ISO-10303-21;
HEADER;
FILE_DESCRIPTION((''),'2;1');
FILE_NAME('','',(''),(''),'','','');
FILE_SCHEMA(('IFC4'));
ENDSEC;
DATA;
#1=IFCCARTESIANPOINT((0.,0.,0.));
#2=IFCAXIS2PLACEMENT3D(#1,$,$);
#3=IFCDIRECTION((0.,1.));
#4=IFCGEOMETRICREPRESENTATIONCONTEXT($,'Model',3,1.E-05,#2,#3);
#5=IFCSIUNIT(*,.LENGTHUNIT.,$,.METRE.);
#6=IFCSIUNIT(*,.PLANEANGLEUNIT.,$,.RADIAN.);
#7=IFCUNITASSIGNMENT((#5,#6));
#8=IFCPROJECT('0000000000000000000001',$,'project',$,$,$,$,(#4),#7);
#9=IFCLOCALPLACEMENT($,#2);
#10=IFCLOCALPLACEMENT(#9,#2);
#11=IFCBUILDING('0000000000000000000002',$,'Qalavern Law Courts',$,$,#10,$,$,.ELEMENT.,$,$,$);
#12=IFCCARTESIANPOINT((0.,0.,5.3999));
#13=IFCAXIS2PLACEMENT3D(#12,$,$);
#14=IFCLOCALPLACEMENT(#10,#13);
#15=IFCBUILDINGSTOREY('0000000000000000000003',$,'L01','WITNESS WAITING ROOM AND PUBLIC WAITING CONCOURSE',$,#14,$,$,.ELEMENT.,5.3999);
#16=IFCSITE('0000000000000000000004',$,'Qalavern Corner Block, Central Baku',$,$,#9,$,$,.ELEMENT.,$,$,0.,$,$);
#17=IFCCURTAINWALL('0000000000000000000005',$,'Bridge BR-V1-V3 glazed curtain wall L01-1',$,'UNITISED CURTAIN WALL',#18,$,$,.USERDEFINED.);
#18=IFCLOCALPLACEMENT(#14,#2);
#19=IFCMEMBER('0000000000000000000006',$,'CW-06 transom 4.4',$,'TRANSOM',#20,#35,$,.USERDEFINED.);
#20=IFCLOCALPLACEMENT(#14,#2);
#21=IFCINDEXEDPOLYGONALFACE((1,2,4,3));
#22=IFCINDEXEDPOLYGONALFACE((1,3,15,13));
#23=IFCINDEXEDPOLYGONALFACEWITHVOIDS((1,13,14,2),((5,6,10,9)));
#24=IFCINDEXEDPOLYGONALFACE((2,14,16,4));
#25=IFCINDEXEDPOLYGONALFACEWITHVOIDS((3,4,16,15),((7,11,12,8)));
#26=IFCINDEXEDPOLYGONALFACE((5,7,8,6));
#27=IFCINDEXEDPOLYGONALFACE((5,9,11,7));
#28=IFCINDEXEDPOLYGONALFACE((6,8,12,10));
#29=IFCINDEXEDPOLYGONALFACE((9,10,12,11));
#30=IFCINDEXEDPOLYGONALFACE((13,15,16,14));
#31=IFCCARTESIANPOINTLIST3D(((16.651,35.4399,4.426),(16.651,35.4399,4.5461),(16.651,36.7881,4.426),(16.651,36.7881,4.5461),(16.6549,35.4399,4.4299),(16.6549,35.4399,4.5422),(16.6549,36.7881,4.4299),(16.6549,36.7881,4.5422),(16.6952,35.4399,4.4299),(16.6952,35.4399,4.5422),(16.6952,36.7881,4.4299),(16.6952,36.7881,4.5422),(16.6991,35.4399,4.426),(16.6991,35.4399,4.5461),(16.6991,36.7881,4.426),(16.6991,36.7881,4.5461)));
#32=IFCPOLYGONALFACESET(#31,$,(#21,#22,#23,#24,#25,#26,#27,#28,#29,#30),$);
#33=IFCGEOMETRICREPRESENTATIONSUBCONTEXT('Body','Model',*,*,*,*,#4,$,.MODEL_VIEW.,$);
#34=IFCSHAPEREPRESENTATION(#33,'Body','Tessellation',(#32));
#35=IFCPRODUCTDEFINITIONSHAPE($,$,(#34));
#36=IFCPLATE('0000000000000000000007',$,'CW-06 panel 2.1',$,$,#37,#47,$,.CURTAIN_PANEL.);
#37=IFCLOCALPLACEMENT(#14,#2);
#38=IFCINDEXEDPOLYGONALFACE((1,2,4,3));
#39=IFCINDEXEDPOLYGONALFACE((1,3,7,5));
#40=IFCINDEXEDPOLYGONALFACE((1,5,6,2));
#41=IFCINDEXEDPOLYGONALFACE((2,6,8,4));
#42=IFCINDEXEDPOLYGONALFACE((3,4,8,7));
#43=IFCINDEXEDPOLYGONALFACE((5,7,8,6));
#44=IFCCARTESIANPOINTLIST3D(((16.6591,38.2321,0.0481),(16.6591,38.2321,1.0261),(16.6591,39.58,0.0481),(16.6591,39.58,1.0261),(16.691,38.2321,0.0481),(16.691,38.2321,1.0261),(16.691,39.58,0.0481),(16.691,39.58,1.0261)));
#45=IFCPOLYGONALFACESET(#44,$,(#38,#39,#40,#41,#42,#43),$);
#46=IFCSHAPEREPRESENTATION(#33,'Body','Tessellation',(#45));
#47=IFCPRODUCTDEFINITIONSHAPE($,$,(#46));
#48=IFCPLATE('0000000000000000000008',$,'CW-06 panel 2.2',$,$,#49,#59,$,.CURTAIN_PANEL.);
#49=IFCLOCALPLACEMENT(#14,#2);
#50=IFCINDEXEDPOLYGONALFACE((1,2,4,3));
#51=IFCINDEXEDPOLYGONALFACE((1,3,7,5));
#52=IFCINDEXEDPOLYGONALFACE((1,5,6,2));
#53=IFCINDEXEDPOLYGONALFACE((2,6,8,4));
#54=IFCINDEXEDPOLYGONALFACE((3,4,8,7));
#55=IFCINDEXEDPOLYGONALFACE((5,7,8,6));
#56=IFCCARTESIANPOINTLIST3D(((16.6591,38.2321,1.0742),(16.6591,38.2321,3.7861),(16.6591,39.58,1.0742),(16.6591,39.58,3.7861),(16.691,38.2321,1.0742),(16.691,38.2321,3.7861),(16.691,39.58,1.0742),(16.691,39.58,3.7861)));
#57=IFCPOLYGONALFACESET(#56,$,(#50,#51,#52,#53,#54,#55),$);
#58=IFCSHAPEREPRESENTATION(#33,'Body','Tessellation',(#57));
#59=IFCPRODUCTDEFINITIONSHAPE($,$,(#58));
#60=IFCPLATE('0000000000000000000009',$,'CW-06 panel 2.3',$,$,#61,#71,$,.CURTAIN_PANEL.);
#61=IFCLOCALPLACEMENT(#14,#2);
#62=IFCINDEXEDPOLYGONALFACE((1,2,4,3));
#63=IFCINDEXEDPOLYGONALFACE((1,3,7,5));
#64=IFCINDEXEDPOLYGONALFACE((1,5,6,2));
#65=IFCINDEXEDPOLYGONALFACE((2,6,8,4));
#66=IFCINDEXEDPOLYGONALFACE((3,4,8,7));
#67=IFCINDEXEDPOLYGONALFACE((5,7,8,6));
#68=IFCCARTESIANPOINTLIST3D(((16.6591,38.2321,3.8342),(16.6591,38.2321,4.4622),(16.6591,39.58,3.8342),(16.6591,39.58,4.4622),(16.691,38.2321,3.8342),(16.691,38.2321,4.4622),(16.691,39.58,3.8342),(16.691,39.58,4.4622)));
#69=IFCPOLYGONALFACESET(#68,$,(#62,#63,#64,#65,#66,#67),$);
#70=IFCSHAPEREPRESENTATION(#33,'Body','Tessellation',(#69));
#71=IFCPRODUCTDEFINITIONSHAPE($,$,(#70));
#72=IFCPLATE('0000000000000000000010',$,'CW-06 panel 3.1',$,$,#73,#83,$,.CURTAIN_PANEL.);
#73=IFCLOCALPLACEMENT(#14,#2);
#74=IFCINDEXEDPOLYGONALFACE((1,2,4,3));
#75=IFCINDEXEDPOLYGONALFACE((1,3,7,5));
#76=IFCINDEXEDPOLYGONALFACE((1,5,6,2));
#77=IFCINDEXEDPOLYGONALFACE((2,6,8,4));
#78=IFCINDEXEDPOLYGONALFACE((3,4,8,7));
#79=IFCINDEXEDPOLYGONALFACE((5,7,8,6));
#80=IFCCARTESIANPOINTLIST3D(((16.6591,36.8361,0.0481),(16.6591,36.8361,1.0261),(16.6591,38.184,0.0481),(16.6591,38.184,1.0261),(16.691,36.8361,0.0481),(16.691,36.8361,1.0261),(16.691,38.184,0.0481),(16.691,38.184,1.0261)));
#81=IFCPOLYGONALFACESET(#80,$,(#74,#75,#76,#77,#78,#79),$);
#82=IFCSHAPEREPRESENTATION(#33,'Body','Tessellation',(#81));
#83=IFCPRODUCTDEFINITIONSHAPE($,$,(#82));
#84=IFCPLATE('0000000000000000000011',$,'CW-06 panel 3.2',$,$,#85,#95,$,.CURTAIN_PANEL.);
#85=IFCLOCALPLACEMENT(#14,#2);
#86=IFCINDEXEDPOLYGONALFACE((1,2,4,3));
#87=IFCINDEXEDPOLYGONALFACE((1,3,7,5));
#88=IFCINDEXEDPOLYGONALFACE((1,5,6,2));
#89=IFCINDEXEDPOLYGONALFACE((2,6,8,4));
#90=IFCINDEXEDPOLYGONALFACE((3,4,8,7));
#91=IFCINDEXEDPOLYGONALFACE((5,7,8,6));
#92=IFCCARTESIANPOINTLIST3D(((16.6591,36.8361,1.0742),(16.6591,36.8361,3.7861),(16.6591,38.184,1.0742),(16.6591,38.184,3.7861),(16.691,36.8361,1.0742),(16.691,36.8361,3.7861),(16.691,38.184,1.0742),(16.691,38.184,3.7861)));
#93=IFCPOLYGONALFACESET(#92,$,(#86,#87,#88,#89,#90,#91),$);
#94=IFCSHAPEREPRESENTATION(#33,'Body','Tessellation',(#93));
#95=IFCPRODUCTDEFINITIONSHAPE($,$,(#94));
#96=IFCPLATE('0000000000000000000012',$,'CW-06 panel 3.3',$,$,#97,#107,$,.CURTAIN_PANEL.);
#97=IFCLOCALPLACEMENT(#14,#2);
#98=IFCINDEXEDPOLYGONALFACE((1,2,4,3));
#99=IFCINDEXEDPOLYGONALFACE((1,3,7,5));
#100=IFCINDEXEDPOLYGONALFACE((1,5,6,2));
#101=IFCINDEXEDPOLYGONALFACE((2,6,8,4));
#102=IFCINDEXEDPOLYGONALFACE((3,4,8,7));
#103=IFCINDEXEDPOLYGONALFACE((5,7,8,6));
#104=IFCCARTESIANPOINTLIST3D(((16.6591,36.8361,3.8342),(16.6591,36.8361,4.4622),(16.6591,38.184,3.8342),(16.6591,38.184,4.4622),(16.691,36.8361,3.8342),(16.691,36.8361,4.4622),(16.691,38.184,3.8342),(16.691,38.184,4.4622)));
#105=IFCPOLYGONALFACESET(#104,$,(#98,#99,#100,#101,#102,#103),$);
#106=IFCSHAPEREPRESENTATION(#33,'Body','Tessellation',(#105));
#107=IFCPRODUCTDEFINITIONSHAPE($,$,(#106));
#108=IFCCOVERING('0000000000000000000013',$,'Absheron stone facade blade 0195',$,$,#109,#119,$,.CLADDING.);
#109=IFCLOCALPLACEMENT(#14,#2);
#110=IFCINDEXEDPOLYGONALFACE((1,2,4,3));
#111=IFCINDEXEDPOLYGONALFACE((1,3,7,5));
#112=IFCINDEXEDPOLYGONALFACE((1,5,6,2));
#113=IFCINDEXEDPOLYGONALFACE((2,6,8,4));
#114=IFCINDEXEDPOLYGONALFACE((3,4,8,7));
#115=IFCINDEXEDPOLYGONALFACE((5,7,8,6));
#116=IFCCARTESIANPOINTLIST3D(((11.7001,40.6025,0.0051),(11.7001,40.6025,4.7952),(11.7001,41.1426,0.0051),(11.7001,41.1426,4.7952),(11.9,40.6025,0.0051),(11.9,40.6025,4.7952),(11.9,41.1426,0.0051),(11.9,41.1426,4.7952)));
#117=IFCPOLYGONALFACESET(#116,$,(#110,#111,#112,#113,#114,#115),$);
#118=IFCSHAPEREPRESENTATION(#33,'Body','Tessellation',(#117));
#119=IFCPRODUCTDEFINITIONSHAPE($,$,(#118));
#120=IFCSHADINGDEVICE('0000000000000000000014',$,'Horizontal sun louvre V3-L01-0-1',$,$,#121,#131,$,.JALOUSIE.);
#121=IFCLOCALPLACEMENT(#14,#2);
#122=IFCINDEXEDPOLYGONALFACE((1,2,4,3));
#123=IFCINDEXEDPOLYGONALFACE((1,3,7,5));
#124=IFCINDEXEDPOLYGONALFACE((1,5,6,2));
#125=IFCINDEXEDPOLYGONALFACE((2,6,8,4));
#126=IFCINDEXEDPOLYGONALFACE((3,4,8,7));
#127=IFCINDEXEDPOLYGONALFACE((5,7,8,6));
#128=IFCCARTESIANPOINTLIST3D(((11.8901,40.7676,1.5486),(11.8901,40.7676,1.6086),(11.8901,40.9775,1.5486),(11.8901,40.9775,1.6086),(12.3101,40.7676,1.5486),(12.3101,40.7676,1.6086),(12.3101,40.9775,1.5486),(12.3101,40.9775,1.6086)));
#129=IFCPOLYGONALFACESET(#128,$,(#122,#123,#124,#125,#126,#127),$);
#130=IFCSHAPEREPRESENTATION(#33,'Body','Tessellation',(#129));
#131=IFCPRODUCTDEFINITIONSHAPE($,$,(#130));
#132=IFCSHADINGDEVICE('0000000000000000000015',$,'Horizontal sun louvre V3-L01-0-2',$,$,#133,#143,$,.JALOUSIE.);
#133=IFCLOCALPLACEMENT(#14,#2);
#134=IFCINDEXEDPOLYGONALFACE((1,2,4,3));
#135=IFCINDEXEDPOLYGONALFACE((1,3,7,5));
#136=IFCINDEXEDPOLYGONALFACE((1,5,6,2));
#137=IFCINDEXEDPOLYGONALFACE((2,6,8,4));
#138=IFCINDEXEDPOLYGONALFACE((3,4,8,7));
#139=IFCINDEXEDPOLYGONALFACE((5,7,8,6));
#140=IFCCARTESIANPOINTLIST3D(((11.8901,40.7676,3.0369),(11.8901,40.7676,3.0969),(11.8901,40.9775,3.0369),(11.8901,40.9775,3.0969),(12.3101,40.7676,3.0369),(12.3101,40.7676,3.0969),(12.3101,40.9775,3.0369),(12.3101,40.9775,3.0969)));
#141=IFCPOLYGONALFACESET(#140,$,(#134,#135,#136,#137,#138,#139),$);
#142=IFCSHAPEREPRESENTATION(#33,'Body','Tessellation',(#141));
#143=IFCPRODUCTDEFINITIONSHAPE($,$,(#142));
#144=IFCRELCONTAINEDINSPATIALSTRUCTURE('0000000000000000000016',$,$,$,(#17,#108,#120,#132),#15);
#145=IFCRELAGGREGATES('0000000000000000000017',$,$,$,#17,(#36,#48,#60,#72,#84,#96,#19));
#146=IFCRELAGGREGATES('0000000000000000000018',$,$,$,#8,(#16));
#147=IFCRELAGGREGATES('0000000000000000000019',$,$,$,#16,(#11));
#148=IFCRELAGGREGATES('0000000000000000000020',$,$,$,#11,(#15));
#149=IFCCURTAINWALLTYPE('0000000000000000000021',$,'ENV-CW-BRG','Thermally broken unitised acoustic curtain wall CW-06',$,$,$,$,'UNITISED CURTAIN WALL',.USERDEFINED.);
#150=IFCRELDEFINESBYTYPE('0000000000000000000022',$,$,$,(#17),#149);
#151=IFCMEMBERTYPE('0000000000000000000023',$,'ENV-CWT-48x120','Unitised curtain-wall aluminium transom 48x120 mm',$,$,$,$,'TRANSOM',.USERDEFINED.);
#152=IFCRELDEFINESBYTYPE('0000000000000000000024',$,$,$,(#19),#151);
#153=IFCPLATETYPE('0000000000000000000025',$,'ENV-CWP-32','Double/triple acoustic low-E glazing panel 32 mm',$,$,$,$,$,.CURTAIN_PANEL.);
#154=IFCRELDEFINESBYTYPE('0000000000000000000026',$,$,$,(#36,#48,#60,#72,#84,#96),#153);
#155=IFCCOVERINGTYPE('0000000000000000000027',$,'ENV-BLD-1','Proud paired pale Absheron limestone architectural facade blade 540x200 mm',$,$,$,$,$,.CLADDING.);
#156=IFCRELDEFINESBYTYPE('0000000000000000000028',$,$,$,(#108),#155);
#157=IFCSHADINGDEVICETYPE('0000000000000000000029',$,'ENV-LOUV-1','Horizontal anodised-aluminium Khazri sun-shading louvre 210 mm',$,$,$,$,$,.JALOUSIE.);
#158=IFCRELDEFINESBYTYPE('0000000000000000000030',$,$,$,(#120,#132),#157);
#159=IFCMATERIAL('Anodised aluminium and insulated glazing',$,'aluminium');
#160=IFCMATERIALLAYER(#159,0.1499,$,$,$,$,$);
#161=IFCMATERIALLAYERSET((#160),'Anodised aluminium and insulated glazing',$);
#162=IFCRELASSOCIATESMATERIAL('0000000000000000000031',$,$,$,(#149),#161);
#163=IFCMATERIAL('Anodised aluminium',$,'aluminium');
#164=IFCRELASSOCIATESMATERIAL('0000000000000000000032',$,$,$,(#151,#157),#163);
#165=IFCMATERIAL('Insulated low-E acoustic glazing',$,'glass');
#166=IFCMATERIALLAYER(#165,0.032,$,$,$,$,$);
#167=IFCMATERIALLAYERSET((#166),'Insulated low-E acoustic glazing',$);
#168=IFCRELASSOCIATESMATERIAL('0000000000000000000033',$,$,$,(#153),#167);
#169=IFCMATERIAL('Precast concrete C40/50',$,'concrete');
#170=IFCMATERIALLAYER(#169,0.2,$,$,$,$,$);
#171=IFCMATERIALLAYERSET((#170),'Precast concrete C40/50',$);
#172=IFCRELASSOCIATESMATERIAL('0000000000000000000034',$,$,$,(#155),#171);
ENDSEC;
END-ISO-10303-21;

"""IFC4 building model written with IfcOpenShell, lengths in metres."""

from ifc_helpers import new_model, si_unit, direction, frame, origin, origin_2d, place, context, subcontext, project, spatial, rectangle, hollow_rectangle, extrude, material, layer, layer_set, material_profile, profile_set, type_object, element, aggregate, save


model = new_model("IFC4")

# Units and contexts
model_context = context("Model", 3, precision=1e-05, world=origin(), true_north=direction((0.0, 1.0)))
body_context = subcontext(model_context, "Body", "Model", "MODEL_VIEW")
ifc_project = project(units=[si_unit("LENGTHUNIT", "METRE"), si_unit("PLANEANGLEUNIT", "RADIAN")], contexts=[model_context])

# Site, building, storey
site_placement = place(None, origin())
site = spatial("IfcSite", under=ifc_project, at=site_placement, Name="Qalavern Corner Block, Central Baku", CompositionType="ELEMENT", RefElevation=0.0)
building_placement = place(site_placement, origin())
building = spatial("IfcBuilding", under=site, at=building_placement, Name="Qalavern Law Courts", CompositionType="ELEMENT")
storey_placement = place(building_placement, frame((0.0, 0.0, 5.3999)))
storey = spatial("IfcBuildingStorey", under=building, at=storey_placement, Name="L01", Description="WITNESS WAITING ROOM AND PUBLIC WAITING CONCOURSE", CompositionType="ELEMENT", Elevation=5.3999)

# Curtain wall, member, plates
ifc_material_1 = material(Name="Anodised aluminium and insulated glazing", Category="aluminium")
ifc_layer_1 = layer(ifc_material_1, 0.1499)
ifc_layer_set_1 = layer_set([ifc_layer_1], Name="Anodised aluminium and insulated glazing")
curtain_wall_type = type_object("IfcCurtainWallType", Name="ENV-CW-BRG", Description="Thermally broken unitised acoustic curtain wall CW-06", ElementType="UNITISED CURTAIN WALL", PredefinedType="USERDEFINED", material=ifc_layer_set_1)
curtain_wall_placement = place(storey_placement, origin())
curtain_wall = element("IfcCurtainWall", 1, at=curtain_wall_placement, inside=storey, type_object=curtain_wall_type, Name="Bridge BR-V1-V3 glazed curtain wall L01-1", ObjectType="UNITISED CURTAIN WALL", PredefinedType="USERDEFINED")
ifc_material_2 = material(Name="Anodised aluminium", Category="aluminium")
ifc_material_profile_1 = material_profile(ifc_material_2, hollow_rectangle(XDim=0.0481, YDim=0.1201, WallThickness=0.0039, at=origin_2d()), Name="ALU TRANSOM 48x120")
ifc_profile_set_1 = profile_set([ifc_material_profile_1], Name="Anodised aluminium")
member_type_1 = type_object("IfcMemberType", Name="ENV-CWT-48x120", Description="Unitised curtain-wall aluminium transom 48x120 mm", ElementType="TRANSOM", PredefinedType="USERDEFINED", material=ifc_profile_set_1)
member_1_placement = place(storey_placement, frame((16.675, 36.7881, 4.4861), z_axis=(0.0, -1.0, 0.0), x_axis=(1.0, 0.0, 0.0)))
member_1 = element("IfcMember", 2, at=member_1_placement, type_object=member_type_1, Name="CW-06 transom 4.4", ObjectType="TRANSOM", PredefinedType="USERDEFINED", context=body_context, shape_type="SweptSolid", body=[
    extrude(hollow_rectangle(XDim=0.0481, YDim=0.1201, WallThickness=0.0039, at=origin_2d()), origin(), (0.0, 0.0, 1.0), 1.3481),
])
ifc_material_3 = material(Name="Insulated low-E acoustic glazing", Category="glass")
ifc_layer_2 = layer(ifc_material_3, 0.032)
ifc_layer_set_2 = layer_set([ifc_layer_2], Name="Insulated low-E acoustic glazing")
plate_type = type_object("IfcPlateType", Name="ENV-CWP-32", Description="Double/triple acoustic low-E glazing panel 32 mm", PredefinedType="CURTAIN_PANEL", material=ifc_layer_set_2)
plate_1_placement = place(storey_placement, frame((16.675, 38.906, 0.0481), z_axis=(0.0, 0.0, 1.0), x_axis=(0.0, -1.0, 0.0)))
plate_1 = element("IfcPlate", 3, at=plate_1_placement, type_object=plate_type, Name="CW-06 panel 2.1", PredefinedType="CURTAIN_PANEL", context=body_context, shape_type="SweptSolid", body=[
    extrude(rectangle(XDim=1.3479, YDim=0.032, at=origin_2d()), origin(), (0.0, 0.0, 1.0), 0.978),
])
plate_2_placement = place(storey_placement, frame((16.675, 38.906, 1.0742), z_axis=(0.0, 0.0, 1.0), x_axis=(0.0, -1.0, 0.0)))
plate_2 = element("IfcPlate", 4, at=plate_2_placement, type_object=plate_type, Name="CW-06 panel 2.2", PredefinedType="CURTAIN_PANEL", context=body_context, shape_type="SweptSolid", body=[
    extrude(rectangle(XDim=1.3479, YDim=0.032, at=origin_2d()), origin(), (0.0, 0.0, 1.0), 2.7119),
])
plate_3_placement = place(storey_placement, frame((16.675, 38.906, 3.8342), z_axis=(0.0, 0.0, 1.0), x_axis=(0.0, -1.0, 0.0)))
plate_3 = element("IfcPlate", 5, at=plate_3_placement, type_object=plate_type, Name="CW-06 panel 2.3", PredefinedType="CURTAIN_PANEL", context=body_context, shape_type="SweptSolid", body=[
    extrude(rectangle(XDim=1.3479, YDim=0.032, at=origin_2d()), origin(), (0.0, 0.0, 1.0), 0.6279),
])
plate_4_placement = place(storey_placement, frame((16.675, 37.51, 0.0481), z_axis=(0.0, 0.0, 1.0), x_axis=(0.0, -1.0, 0.0)))
plate_4 = element("IfcPlate", 6, at=plate_4_placement, type_object=plate_type, Name="CW-06 panel 3.1", PredefinedType="CURTAIN_PANEL", context=body_context, shape_type="SweptSolid", body=[
    extrude(rectangle(XDim=1.3479, YDim=0.032, at=origin_2d()), origin(), (0.0, 0.0, 1.0), 0.978),
])
plate_5_placement = place(storey_placement, frame((16.675, 37.51, 1.0742), z_axis=(0.0, 0.0, 1.0), x_axis=(0.0, -1.0, 0.0)))
plate_5 = element("IfcPlate", 7, at=plate_5_placement, type_object=plate_type, Name="CW-06 panel 3.2", PredefinedType="CURTAIN_PANEL", context=body_context, shape_type="SweptSolid", body=[
    extrude(rectangle(XDim=1.3479, YDim=0.032, at=origin_2d()), origin(), (0.0, 0.0, 1.0), 2.7119),
])
plate_6_placement = place(storey_placement, frame((16.675, 37.51, 3.8342), z_axis=(0.0, 0.0, 1.0), x_axis=(0.0, -1.0, 0.0)))
plate_6 = element("IfcPlate", 8, at=plate_6_placement, type_object=plate_type, Name="CW-06 panel 3.3", PredefinedType="CURTAIN_PANEL", context=body_context, shape_type="SweptSolid", body=[
    extrude(rectangle(XDim=1.3479, YDim=0.032, at=origin_2d()), origin(), (0.0, 0.0, 1.0), 0.6279),
])
aggregate(curtain_wall, [plate_1, plate_2, plate_3, plate_4, plate_5, plate_6, member_1])

# Covering
ifc_material_4 = material(Name="Precast concrete C40/50", Category="concrete")
ifc_layer_3 = layer(ifc_material_4, 0.2)
ifc_layer_set_3 = layer_set([ifc_layer_3], Name="Precast concrete C40/50")
covering_type = type_object("IfcCoveringType", Name="ENV-BLD-1", Description="Proud paired pale Absheron limestone architectural facade blade 540x200 mm", PredefinedType="CLADDING", material=ifc_layer_set_3)
covering_placement = place(storey_placement, frame((11.8, 40.8726, 0.0051), z_axis=(0.0, 0.0, 1.0), x_axis=(0.0, -1.0, 0.0)))
element("IfcCovering", 9, at=covering_placement, inside=storey, type_object=covering_type, Name="Absheron stone facade blade 0195", PredefinedType="CLADDING", context=body_context, shape_type="SweptSolid", body=[
    extrude(rectangle(XDim=0.54, YDim=0.2, at=origin_2d()), origin(), (0.0, 0.0, 1.0), 4.79),
])

# Shading devices
shading_device_type = type_object("IfcShadingDeviceType", Name="ENV-LOUV-1", Description="Horizontal anodised-aluminium Khazri sun-shading louvre 210 mm", PredefinedType="JALOUSIE", material=ifc_material_2)
for number, where, z_axis, x_axis, name in (
    (10, (12.1001, 40.8726, 1.5486), (0.0, 0.0, 1.0), (1.0, 0.0, 0.0), "Horizontal sun louvre V3-L01-0-1"),
    (11, (12.1001, 40.8726, 3.0369), (0.0, 0.0, 1.0), (1.0, 0.0, 0.0), "Horizontal sun louvre V3-L01-0-2"),
):
    element("IfcShadingDevice", number, at=place(storey_placement, frame(where, z_axis=z_axis, x_axis=x_axis)), inside=storey, type_object=shading_device_type, Name=name, PredefinedType="JALOUSIE", context=body_context, shape_type="SweptSolid", body=[
        extrude(rectangle(XDim=0.4199, YDim=0.21, at=origin_2d()), origin(), (0.0, 0.0, 1.0), 0.0601),
    ])

save(model, "model.ifc")
